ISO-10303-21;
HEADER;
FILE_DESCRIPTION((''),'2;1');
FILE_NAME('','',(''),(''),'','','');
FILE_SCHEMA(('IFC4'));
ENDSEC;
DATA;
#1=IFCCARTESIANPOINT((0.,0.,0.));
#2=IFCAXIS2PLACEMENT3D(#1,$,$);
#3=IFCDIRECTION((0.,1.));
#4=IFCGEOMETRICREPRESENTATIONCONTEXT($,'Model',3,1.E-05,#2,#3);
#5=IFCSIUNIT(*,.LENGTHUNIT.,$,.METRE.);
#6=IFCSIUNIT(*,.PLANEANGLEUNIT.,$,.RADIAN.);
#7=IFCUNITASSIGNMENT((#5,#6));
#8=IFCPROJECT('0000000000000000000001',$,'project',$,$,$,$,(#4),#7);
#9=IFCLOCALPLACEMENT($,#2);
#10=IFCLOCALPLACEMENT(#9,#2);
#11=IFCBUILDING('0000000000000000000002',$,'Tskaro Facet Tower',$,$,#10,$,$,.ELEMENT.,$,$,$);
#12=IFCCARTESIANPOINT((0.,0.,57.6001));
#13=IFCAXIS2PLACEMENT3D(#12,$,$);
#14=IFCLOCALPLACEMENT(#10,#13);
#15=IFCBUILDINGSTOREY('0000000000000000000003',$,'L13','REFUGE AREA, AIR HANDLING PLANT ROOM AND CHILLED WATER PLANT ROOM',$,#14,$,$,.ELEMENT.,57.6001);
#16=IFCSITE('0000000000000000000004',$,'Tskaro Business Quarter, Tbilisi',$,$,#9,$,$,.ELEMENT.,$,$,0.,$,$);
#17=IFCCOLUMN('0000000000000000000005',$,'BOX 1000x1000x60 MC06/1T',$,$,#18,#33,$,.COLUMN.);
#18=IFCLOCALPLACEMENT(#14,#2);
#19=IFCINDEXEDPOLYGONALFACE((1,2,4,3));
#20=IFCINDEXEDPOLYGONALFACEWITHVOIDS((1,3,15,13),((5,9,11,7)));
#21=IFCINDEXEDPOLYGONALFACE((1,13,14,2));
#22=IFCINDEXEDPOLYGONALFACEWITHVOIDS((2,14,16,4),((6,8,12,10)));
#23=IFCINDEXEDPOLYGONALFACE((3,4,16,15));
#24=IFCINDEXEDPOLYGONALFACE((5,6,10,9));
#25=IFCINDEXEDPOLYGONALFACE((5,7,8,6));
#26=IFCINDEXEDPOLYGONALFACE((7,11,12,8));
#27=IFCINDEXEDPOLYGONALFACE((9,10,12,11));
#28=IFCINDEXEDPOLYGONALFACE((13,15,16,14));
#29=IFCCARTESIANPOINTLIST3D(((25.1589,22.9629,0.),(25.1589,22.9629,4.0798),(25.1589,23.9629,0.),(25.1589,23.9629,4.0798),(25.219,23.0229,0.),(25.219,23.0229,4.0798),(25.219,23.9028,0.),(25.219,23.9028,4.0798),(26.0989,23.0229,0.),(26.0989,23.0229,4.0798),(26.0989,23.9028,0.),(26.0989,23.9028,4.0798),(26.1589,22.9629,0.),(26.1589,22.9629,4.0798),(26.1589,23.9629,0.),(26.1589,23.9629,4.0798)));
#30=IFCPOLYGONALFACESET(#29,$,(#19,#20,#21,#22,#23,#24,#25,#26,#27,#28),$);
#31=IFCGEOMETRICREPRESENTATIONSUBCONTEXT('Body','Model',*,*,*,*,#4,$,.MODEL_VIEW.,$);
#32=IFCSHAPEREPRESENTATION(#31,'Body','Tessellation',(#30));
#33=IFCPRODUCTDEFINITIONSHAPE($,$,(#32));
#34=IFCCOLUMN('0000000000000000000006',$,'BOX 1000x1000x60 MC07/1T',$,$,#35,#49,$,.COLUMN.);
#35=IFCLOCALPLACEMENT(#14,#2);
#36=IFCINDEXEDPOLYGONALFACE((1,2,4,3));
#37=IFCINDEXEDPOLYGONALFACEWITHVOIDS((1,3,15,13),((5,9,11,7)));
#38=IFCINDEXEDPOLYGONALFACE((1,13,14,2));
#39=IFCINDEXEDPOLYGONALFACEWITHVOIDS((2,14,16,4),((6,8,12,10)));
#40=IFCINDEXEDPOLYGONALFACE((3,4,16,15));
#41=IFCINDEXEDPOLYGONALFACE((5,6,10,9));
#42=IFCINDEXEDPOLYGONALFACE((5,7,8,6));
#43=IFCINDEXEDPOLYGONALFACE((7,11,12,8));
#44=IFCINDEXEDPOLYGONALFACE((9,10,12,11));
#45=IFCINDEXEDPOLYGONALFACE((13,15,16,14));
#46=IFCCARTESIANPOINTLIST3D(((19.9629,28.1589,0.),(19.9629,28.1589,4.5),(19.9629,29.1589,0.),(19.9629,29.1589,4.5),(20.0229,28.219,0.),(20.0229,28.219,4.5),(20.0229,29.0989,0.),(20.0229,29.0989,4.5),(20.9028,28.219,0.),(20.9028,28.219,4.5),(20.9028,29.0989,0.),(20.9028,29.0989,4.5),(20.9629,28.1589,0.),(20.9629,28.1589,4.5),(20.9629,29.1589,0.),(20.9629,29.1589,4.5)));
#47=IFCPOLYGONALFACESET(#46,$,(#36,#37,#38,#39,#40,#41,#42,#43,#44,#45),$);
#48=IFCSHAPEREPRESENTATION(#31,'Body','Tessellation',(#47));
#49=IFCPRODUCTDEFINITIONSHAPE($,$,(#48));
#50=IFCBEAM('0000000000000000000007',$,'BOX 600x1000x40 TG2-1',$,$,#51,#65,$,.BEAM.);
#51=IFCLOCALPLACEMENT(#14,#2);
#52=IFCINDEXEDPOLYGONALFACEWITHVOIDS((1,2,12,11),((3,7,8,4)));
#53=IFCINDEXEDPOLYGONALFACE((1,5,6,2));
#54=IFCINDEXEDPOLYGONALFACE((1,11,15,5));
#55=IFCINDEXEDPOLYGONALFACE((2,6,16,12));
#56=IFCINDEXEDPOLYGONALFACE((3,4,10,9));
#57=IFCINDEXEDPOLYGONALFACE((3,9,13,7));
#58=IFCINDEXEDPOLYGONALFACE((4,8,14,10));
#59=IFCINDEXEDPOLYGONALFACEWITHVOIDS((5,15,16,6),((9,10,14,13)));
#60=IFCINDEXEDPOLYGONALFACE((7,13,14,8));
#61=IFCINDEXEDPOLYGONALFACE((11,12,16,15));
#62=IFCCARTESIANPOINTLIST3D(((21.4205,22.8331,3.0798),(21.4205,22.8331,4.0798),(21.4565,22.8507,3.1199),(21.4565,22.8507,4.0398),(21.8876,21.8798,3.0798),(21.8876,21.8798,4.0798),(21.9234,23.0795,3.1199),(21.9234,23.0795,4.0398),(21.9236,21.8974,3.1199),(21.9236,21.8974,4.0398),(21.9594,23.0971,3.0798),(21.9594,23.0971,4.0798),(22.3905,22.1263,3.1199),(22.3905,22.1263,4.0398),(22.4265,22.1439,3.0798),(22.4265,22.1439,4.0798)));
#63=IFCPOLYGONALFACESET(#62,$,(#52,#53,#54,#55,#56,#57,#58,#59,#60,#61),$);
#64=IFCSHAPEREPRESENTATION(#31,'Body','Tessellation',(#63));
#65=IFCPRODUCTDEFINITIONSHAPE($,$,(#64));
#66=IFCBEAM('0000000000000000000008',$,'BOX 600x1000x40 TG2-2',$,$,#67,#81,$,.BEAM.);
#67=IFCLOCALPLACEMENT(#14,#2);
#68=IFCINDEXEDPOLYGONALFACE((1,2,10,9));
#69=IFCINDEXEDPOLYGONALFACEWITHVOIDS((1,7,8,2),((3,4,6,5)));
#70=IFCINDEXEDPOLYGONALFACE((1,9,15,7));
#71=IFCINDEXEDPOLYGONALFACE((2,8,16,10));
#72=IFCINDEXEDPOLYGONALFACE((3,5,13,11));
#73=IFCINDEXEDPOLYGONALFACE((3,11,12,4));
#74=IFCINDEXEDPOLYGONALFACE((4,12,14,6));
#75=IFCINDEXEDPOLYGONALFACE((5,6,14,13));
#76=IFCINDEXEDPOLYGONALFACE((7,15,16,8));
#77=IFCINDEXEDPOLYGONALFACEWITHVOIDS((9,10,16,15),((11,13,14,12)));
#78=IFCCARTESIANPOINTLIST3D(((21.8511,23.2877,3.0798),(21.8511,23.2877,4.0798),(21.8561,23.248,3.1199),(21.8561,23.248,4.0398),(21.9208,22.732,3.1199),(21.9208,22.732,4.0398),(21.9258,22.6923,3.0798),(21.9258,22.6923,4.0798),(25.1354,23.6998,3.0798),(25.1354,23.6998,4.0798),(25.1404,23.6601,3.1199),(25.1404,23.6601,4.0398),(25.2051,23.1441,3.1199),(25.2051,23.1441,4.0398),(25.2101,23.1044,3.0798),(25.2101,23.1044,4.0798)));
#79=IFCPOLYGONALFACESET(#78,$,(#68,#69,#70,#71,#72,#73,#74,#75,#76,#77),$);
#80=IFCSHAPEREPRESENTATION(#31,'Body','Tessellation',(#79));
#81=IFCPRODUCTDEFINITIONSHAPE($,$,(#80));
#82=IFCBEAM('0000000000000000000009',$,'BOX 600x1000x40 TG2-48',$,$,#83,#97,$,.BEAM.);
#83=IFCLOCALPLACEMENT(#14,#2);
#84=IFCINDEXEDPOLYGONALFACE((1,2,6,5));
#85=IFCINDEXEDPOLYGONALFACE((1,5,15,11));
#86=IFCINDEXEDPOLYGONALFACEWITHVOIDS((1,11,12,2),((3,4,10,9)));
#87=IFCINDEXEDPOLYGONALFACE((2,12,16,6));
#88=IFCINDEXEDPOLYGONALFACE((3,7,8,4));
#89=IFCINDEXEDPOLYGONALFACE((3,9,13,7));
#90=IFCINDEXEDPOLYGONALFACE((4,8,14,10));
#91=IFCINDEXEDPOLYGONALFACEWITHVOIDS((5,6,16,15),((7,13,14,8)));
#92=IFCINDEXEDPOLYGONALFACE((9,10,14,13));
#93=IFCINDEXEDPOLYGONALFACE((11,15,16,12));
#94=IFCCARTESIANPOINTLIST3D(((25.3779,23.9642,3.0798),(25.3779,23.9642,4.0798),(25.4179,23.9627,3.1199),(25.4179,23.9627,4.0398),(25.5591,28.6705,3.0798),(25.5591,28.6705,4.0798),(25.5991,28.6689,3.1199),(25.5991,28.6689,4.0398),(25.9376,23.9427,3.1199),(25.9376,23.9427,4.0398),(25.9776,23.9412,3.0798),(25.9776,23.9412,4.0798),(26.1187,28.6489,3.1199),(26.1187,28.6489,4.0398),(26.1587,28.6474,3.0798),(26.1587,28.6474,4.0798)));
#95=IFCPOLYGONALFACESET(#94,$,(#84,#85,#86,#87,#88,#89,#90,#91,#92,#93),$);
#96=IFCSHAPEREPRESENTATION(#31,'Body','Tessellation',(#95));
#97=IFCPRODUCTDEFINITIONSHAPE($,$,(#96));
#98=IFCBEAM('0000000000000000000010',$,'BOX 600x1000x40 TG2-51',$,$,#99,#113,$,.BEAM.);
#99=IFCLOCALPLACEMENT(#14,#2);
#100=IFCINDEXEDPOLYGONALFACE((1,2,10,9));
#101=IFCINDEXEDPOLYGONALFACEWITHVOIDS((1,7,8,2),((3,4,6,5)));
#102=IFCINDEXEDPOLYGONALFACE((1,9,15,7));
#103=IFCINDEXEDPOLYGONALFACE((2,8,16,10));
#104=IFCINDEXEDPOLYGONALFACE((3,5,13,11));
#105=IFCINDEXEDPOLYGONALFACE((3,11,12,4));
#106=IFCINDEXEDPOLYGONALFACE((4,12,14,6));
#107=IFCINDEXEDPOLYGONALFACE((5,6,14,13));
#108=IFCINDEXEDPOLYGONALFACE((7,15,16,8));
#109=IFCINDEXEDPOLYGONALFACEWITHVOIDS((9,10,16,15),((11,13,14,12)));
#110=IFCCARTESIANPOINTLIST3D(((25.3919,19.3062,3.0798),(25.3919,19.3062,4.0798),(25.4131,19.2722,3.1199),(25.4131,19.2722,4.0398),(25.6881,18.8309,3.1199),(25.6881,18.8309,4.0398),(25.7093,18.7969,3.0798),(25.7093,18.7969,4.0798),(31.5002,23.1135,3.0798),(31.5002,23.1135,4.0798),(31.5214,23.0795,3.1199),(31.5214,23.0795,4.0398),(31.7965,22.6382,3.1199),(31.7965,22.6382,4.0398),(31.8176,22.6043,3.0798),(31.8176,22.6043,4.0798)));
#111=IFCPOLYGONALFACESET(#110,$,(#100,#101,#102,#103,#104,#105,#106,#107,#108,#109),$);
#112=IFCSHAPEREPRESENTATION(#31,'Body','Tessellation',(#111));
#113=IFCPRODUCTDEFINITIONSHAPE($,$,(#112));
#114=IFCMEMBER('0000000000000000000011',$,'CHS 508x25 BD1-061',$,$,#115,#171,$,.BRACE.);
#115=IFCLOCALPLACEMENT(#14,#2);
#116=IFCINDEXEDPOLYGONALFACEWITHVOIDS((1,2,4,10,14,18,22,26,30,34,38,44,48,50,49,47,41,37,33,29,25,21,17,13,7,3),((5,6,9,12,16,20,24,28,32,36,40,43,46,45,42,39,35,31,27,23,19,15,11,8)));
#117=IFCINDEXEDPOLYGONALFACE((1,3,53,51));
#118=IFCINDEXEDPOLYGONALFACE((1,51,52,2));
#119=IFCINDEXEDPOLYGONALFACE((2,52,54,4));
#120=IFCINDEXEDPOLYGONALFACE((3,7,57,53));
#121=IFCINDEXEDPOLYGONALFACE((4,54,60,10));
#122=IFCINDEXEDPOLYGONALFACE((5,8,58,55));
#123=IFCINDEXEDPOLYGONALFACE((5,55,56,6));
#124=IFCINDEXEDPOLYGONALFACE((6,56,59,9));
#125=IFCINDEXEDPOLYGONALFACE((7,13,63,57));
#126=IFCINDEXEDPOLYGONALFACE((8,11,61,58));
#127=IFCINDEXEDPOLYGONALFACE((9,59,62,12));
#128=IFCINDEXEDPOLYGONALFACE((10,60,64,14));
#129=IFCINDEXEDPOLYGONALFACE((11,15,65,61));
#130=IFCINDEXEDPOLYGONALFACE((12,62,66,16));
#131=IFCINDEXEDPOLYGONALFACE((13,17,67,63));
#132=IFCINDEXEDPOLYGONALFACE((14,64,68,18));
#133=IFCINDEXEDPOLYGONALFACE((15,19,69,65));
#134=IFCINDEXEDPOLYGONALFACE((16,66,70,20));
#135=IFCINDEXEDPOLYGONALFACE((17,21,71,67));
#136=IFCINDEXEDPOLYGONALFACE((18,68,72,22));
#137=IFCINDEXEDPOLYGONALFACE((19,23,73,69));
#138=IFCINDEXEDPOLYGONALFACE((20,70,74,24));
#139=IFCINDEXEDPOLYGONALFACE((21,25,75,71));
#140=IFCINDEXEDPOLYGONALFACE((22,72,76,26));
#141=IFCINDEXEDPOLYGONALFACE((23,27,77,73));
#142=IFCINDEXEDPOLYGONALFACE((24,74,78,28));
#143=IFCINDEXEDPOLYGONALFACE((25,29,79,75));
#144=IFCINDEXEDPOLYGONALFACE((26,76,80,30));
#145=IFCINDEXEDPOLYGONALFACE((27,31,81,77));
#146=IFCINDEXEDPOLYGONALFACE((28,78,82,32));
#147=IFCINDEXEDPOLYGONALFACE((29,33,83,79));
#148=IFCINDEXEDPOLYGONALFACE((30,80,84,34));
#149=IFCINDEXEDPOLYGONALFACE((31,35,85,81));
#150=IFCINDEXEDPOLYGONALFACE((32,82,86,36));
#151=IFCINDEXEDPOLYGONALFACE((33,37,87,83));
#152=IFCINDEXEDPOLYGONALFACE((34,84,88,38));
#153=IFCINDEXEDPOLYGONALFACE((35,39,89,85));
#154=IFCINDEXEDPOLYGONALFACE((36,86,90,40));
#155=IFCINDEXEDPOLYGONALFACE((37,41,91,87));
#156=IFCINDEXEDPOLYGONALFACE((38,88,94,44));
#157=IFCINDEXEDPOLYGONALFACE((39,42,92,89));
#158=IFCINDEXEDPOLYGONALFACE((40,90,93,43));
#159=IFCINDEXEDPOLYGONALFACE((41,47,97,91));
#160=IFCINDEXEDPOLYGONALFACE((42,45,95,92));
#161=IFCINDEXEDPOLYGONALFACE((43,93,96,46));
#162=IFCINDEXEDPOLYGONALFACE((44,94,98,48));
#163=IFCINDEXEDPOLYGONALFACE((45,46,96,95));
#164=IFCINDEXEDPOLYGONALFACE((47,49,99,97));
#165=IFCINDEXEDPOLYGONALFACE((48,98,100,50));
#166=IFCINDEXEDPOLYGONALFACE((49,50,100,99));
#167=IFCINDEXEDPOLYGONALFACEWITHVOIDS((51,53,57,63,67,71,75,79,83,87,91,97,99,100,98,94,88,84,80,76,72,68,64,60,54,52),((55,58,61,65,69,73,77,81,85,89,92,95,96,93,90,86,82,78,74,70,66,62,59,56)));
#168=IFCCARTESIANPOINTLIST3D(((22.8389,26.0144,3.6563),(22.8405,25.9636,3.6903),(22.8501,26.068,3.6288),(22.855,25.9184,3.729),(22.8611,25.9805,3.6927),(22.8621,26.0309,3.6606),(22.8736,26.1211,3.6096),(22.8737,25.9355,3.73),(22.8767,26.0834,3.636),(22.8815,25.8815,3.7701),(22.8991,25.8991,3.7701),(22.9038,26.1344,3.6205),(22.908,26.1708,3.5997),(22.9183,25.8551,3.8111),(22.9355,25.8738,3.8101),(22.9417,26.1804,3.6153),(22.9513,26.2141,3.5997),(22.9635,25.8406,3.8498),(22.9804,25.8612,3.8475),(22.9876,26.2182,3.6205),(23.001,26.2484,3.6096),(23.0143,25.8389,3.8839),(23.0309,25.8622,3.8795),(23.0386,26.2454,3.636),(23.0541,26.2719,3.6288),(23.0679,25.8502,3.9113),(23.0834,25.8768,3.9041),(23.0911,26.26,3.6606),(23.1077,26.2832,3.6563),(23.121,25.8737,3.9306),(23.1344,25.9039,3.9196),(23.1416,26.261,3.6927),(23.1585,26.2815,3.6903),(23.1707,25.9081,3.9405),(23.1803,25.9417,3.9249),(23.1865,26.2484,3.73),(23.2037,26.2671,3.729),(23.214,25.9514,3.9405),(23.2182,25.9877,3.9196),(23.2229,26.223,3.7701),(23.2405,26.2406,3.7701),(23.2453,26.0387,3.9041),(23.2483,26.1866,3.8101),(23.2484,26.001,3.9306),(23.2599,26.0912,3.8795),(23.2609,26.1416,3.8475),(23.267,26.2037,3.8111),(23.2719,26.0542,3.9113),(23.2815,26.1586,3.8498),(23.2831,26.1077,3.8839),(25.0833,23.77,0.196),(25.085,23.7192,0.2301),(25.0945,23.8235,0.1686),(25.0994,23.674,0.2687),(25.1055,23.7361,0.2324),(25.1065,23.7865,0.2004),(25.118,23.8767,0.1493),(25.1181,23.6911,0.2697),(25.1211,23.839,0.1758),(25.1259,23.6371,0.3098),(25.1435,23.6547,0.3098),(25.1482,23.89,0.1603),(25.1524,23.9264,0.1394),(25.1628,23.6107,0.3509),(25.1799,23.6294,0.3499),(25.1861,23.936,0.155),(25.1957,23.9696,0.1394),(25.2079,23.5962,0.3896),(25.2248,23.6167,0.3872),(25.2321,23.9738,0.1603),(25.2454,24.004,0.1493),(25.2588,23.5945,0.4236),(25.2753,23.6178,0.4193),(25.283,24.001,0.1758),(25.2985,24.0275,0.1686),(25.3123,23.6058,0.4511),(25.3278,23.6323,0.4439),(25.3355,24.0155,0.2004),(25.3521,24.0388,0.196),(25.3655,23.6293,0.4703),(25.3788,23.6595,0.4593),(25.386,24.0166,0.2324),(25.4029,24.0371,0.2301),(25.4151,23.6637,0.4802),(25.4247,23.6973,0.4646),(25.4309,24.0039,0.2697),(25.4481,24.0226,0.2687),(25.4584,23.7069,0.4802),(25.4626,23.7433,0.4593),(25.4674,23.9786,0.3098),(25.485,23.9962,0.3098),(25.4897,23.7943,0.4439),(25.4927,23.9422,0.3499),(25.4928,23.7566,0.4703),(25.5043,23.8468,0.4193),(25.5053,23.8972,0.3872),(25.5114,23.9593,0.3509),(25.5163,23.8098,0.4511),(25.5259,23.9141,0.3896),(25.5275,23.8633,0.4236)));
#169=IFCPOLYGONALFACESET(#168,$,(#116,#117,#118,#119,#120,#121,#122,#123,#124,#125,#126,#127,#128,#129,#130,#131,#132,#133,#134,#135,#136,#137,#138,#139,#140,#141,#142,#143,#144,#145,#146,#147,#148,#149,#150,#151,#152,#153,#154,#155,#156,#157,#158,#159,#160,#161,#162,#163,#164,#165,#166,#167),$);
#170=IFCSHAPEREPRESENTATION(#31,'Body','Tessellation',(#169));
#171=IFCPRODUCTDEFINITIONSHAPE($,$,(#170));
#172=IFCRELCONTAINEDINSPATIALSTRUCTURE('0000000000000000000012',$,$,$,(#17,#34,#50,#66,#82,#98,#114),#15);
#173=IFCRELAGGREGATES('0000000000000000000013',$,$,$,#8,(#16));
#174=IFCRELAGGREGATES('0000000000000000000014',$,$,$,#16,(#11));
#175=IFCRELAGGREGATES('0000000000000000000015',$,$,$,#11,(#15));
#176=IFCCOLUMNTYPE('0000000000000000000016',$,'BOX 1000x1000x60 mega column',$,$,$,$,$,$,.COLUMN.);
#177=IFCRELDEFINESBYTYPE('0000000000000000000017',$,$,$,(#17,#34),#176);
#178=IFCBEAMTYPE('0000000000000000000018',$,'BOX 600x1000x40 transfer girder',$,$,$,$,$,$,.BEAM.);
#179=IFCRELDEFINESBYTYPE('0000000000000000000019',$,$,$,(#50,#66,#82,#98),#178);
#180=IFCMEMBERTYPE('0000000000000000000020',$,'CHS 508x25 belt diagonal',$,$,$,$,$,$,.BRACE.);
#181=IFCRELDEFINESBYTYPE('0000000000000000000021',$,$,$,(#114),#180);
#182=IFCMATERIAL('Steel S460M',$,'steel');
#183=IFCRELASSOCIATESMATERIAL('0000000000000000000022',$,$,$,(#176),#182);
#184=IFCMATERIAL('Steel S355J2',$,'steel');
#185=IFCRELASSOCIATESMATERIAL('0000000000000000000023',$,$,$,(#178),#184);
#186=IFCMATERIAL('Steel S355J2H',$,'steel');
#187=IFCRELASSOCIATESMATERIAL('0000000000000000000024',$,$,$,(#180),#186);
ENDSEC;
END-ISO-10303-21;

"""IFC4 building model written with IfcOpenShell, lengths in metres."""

from ifc_helpers import new_model, si_unit, direction, frame, origin, origin_2d, place, context, subcontext, project, spatial, hollow_rectangle, hollow_circle, extrude, material, material_profile, profile_set, type_object, element, save


model = new_model("IFC4")

# Units and contexts
model_context = context("Model", 3, precision=1e-05, world=origin(), true_north=direction((0.0, 1.0)))
body_context = subcontext(model_context, "Body", "Model", "MODEL_VIEW")
ifc_project = project(units=[si_unit("LENGTHUNIT", "METRE"), si_unit("PLANEANGLEUNIT", "RADIAN")], contexts=[model_context])

# Site, building, storey
site_placement = place(None, origin())
site = spatial("IfcSite", under=ifc_project, at=site_placement, Name="Tskaro Business Quarter, Tbilisi", CompositionType="ELEMENT", RefElevation=0.0)
building_placement = place(site_placement, origin())
building = spatial("IfcBuilding", under=site, at=building_placement, Name="Tskaro Facet Tower", CompositionType="ELEMENT")
storey_placement = place(building_placement, frame((0.0, 0.0, 57.6001)))
storey = spatial("IfcBuildingStorey", under=building, at=storey_placement, Name="L13", Description="REFUGE AREA, AIR HANDLING PLANT ROOM AND CHILLED WATER PLANT ROOM", CompositionType="ELEMENT", Elevation=57.6001)

# Columns
ifc_material_1 = material(Name="Steel S460M", Category="steel")
ifc_material_profile_1 = material_profile(ifc_material_1, hollow_rectangle(XDim=1.0, YDim=1.0, WallThickness=0.0601, at=origin_2d()), Name="BOX 1000x1000x60")
ifc_profile_set_1 = profile_set([ifc_material_profile_1], Name="Steel S460M")
column_type = type_object("IfcColumnType", Name="BOX 1000x1000x60 mega column", PredefinedType="COLUMN", material=ifc_profile_set_1)
column_1_placement = place(storey_placement, frame((25.6589, 23.4629, 0.0), z_axis=(0.0, 0.0, 1.0), x_axis=(1.0, 0.0, 0.0)))
element("IfcColumn", 1, at=column_1_placement, inside=storey, type_object=column_type, Name="BOX 1000x1000x60 MC06/1T", PredefinedType="COLUMN", context=body_context, shape_type="SweptSolid", body=[
    extrude(hollow_rectangle(XDim=1.0, YDim=1.0, WallThickness=0.0601, at=origin_2d()), origin(), (0.0, 0.0, 1.0), 4.0798),
])
column_2_placement = place(storey_placement, frame((20.4629, 28.6589, 0.0), z_axis=(0.0, 0.0, 1.0), x_axis=(1.0, 0.0, 0.0)))
element("IfcColumn", 2, at=column_2_placement, inside=storey, type_object=column_type, Name="BOX 1000x1000x60 MC07/1T", PredefinedType="COLUMN", context=body_context, shape_type="SweptSolid", body=[
    extrude(hollow_rectangle(XDim=1.0, YDim=1.0, WallThickness=0.0601, at=origin_2d()), origin(), (0.0, 0.0, 1.0), 4.5),
])

# Beams
ifc_material_2 = material(Name="Steel S355J2", Category="steel")
ifc_material_profile_2 = material_profile(ifc_material_2, hollow_rectangle(XDim=0.6001, YDim=1.0, WallThickness=0.04, at=origin_2d()), Name="BOX 600x1000x40")
ifc_profile_set_2 = profile_set([ifc_material_profile_2], Name="Steel S355J2")
beam_type_1 = type_object("IfcBeamType", Name="BOX 600x1000x40 transfer girder", PredefinedType="BEAM", material=ifc_profile_set_2)
beam_1_placement = place(storey_placement, frame((21.6899, 22.9651, 3.5798), z_axis=(0.440023, -0.897987, 0.0), x_axis=(0.897987, 0.440023, 0.0)))
element("IfcBeam", 3, at=beam_1_placement, inside=storey, type_object=beam_type_1, Name="BOX 600x1000x40 TG2-1", PredefinedType="BEAM", context=body_context, shape_type="SweptSolid", body=[
    extrude(hollow_rectangle(XDim=0.6001, YDim=1.0, WallThickness=0.04, at=origin_2d()), origin(), (0.0, 0.0, 1.0), 1.0615),
])
beam_2_placement = place(storey_placement, frame((21.8884, 22.99, 3.5798), z_axis=(0.99222, 0.124498, 0.0), x_axis=(-0.124498, 0.99222, 0.0)))
element("IfcBeam", 4, at=beam_2_placement, inside=storey, type_object=beam_type_1, Name="BOX 600x1000x40 TG2-2", PredefinedType="BEAM", context=body_context, shape_type="SweptSolid", body=[
    extrude(hollow_rectangle(XDim=0.6001, YDim=1.0, WallThickness=0.04, at=origin_2d()), origin(), (0.0, 0.0, 1.0), 3.3101),
])
beam_3_placement = place(storey_placement, frame((25.8589, 28.6589, 3.5798), z_axis=(-0.038463, -0.99926, 0.0), x_axis=(0.99926, -0.038463, 0.0)))
element("IfcBeam", 5, at=beam_3_placement, inside=storey, type_object=beam_type_1, Name="BOX 600x1000x40 TG2-48", PredefinedType="BEAM", context=body_context, shape_type="SweptSolid", body=[
    extrude(hollow_rectangle(XDim=0.6001, YDim=1.0, WallThickness=0.04, at=origin_2d()), origin(), (0.0, 0.0, 1.0), 4.7097),
])
beam_4_placement = place(storey_placement, frame((31.6589, 22.8589, 3.5798), z_axis=(-0.848646, -0.528962, 0.0), x_axis=(0.528962, -0.848646, 0.0)))
element("IfcBeam", 6, at=beam_4_placement, inside=storey, type_object=beam_type_1, Name="BOX 600x1000x40 TG2-51", PredefinedType="BEAM", context=body_context, shape_type="SweptSolid", body=[
    extrude(hollow_rectangle(XDim=0.6001, YDim=1.0, WallThickness=0.04, at=origin_2d()), origin(), (0.0, 0.0, 1.0), 7.1978),
])

# Member
ifc_material_3 = material(Name="Steel S355J2H", Category="steel")
ifc_material_profile_3 = material_profile(ifc_material_3, hollow_circle(Radius=0.2539, WallThickness=0.0249, at=origin_2d()), Name="CHS 508x25")
ifc_profile_set_3 = profile_set([ifc_material_profile_3], Name="Steel S355J2H")
member_type_1 = type_object("IfcMemberType", Name="CHS 508x25 belt diagonal", PredefinedType="BRACE", material=ifc_profile_set_3)
for number, where, z_axis, x_axis, name in (
    (7, (25.3054, 23.8167, 0.3098), (-0.477988, 0.477988, 0.736922), (-0.707107, -0.707107, 0.0), "CHS 508x25 BD1-061"),
):
    element("IfcMember", number, at=place(storey_placement, frame(where, z_axis=z_axis, x_axis=x_axis)), inside=storey, type_object=member_type_1, Name=name, PredefinedType="BRACE", context=body_context, shape_type="SweptSolid", body=[
        extrude(hollow_circle(Radius=0.2539, WallThickness=0.0249, at=origin_2d()), origin(), (0.0, 0.0, 1.0), 4.6956),
    ])

save(model, "model.ifc")
